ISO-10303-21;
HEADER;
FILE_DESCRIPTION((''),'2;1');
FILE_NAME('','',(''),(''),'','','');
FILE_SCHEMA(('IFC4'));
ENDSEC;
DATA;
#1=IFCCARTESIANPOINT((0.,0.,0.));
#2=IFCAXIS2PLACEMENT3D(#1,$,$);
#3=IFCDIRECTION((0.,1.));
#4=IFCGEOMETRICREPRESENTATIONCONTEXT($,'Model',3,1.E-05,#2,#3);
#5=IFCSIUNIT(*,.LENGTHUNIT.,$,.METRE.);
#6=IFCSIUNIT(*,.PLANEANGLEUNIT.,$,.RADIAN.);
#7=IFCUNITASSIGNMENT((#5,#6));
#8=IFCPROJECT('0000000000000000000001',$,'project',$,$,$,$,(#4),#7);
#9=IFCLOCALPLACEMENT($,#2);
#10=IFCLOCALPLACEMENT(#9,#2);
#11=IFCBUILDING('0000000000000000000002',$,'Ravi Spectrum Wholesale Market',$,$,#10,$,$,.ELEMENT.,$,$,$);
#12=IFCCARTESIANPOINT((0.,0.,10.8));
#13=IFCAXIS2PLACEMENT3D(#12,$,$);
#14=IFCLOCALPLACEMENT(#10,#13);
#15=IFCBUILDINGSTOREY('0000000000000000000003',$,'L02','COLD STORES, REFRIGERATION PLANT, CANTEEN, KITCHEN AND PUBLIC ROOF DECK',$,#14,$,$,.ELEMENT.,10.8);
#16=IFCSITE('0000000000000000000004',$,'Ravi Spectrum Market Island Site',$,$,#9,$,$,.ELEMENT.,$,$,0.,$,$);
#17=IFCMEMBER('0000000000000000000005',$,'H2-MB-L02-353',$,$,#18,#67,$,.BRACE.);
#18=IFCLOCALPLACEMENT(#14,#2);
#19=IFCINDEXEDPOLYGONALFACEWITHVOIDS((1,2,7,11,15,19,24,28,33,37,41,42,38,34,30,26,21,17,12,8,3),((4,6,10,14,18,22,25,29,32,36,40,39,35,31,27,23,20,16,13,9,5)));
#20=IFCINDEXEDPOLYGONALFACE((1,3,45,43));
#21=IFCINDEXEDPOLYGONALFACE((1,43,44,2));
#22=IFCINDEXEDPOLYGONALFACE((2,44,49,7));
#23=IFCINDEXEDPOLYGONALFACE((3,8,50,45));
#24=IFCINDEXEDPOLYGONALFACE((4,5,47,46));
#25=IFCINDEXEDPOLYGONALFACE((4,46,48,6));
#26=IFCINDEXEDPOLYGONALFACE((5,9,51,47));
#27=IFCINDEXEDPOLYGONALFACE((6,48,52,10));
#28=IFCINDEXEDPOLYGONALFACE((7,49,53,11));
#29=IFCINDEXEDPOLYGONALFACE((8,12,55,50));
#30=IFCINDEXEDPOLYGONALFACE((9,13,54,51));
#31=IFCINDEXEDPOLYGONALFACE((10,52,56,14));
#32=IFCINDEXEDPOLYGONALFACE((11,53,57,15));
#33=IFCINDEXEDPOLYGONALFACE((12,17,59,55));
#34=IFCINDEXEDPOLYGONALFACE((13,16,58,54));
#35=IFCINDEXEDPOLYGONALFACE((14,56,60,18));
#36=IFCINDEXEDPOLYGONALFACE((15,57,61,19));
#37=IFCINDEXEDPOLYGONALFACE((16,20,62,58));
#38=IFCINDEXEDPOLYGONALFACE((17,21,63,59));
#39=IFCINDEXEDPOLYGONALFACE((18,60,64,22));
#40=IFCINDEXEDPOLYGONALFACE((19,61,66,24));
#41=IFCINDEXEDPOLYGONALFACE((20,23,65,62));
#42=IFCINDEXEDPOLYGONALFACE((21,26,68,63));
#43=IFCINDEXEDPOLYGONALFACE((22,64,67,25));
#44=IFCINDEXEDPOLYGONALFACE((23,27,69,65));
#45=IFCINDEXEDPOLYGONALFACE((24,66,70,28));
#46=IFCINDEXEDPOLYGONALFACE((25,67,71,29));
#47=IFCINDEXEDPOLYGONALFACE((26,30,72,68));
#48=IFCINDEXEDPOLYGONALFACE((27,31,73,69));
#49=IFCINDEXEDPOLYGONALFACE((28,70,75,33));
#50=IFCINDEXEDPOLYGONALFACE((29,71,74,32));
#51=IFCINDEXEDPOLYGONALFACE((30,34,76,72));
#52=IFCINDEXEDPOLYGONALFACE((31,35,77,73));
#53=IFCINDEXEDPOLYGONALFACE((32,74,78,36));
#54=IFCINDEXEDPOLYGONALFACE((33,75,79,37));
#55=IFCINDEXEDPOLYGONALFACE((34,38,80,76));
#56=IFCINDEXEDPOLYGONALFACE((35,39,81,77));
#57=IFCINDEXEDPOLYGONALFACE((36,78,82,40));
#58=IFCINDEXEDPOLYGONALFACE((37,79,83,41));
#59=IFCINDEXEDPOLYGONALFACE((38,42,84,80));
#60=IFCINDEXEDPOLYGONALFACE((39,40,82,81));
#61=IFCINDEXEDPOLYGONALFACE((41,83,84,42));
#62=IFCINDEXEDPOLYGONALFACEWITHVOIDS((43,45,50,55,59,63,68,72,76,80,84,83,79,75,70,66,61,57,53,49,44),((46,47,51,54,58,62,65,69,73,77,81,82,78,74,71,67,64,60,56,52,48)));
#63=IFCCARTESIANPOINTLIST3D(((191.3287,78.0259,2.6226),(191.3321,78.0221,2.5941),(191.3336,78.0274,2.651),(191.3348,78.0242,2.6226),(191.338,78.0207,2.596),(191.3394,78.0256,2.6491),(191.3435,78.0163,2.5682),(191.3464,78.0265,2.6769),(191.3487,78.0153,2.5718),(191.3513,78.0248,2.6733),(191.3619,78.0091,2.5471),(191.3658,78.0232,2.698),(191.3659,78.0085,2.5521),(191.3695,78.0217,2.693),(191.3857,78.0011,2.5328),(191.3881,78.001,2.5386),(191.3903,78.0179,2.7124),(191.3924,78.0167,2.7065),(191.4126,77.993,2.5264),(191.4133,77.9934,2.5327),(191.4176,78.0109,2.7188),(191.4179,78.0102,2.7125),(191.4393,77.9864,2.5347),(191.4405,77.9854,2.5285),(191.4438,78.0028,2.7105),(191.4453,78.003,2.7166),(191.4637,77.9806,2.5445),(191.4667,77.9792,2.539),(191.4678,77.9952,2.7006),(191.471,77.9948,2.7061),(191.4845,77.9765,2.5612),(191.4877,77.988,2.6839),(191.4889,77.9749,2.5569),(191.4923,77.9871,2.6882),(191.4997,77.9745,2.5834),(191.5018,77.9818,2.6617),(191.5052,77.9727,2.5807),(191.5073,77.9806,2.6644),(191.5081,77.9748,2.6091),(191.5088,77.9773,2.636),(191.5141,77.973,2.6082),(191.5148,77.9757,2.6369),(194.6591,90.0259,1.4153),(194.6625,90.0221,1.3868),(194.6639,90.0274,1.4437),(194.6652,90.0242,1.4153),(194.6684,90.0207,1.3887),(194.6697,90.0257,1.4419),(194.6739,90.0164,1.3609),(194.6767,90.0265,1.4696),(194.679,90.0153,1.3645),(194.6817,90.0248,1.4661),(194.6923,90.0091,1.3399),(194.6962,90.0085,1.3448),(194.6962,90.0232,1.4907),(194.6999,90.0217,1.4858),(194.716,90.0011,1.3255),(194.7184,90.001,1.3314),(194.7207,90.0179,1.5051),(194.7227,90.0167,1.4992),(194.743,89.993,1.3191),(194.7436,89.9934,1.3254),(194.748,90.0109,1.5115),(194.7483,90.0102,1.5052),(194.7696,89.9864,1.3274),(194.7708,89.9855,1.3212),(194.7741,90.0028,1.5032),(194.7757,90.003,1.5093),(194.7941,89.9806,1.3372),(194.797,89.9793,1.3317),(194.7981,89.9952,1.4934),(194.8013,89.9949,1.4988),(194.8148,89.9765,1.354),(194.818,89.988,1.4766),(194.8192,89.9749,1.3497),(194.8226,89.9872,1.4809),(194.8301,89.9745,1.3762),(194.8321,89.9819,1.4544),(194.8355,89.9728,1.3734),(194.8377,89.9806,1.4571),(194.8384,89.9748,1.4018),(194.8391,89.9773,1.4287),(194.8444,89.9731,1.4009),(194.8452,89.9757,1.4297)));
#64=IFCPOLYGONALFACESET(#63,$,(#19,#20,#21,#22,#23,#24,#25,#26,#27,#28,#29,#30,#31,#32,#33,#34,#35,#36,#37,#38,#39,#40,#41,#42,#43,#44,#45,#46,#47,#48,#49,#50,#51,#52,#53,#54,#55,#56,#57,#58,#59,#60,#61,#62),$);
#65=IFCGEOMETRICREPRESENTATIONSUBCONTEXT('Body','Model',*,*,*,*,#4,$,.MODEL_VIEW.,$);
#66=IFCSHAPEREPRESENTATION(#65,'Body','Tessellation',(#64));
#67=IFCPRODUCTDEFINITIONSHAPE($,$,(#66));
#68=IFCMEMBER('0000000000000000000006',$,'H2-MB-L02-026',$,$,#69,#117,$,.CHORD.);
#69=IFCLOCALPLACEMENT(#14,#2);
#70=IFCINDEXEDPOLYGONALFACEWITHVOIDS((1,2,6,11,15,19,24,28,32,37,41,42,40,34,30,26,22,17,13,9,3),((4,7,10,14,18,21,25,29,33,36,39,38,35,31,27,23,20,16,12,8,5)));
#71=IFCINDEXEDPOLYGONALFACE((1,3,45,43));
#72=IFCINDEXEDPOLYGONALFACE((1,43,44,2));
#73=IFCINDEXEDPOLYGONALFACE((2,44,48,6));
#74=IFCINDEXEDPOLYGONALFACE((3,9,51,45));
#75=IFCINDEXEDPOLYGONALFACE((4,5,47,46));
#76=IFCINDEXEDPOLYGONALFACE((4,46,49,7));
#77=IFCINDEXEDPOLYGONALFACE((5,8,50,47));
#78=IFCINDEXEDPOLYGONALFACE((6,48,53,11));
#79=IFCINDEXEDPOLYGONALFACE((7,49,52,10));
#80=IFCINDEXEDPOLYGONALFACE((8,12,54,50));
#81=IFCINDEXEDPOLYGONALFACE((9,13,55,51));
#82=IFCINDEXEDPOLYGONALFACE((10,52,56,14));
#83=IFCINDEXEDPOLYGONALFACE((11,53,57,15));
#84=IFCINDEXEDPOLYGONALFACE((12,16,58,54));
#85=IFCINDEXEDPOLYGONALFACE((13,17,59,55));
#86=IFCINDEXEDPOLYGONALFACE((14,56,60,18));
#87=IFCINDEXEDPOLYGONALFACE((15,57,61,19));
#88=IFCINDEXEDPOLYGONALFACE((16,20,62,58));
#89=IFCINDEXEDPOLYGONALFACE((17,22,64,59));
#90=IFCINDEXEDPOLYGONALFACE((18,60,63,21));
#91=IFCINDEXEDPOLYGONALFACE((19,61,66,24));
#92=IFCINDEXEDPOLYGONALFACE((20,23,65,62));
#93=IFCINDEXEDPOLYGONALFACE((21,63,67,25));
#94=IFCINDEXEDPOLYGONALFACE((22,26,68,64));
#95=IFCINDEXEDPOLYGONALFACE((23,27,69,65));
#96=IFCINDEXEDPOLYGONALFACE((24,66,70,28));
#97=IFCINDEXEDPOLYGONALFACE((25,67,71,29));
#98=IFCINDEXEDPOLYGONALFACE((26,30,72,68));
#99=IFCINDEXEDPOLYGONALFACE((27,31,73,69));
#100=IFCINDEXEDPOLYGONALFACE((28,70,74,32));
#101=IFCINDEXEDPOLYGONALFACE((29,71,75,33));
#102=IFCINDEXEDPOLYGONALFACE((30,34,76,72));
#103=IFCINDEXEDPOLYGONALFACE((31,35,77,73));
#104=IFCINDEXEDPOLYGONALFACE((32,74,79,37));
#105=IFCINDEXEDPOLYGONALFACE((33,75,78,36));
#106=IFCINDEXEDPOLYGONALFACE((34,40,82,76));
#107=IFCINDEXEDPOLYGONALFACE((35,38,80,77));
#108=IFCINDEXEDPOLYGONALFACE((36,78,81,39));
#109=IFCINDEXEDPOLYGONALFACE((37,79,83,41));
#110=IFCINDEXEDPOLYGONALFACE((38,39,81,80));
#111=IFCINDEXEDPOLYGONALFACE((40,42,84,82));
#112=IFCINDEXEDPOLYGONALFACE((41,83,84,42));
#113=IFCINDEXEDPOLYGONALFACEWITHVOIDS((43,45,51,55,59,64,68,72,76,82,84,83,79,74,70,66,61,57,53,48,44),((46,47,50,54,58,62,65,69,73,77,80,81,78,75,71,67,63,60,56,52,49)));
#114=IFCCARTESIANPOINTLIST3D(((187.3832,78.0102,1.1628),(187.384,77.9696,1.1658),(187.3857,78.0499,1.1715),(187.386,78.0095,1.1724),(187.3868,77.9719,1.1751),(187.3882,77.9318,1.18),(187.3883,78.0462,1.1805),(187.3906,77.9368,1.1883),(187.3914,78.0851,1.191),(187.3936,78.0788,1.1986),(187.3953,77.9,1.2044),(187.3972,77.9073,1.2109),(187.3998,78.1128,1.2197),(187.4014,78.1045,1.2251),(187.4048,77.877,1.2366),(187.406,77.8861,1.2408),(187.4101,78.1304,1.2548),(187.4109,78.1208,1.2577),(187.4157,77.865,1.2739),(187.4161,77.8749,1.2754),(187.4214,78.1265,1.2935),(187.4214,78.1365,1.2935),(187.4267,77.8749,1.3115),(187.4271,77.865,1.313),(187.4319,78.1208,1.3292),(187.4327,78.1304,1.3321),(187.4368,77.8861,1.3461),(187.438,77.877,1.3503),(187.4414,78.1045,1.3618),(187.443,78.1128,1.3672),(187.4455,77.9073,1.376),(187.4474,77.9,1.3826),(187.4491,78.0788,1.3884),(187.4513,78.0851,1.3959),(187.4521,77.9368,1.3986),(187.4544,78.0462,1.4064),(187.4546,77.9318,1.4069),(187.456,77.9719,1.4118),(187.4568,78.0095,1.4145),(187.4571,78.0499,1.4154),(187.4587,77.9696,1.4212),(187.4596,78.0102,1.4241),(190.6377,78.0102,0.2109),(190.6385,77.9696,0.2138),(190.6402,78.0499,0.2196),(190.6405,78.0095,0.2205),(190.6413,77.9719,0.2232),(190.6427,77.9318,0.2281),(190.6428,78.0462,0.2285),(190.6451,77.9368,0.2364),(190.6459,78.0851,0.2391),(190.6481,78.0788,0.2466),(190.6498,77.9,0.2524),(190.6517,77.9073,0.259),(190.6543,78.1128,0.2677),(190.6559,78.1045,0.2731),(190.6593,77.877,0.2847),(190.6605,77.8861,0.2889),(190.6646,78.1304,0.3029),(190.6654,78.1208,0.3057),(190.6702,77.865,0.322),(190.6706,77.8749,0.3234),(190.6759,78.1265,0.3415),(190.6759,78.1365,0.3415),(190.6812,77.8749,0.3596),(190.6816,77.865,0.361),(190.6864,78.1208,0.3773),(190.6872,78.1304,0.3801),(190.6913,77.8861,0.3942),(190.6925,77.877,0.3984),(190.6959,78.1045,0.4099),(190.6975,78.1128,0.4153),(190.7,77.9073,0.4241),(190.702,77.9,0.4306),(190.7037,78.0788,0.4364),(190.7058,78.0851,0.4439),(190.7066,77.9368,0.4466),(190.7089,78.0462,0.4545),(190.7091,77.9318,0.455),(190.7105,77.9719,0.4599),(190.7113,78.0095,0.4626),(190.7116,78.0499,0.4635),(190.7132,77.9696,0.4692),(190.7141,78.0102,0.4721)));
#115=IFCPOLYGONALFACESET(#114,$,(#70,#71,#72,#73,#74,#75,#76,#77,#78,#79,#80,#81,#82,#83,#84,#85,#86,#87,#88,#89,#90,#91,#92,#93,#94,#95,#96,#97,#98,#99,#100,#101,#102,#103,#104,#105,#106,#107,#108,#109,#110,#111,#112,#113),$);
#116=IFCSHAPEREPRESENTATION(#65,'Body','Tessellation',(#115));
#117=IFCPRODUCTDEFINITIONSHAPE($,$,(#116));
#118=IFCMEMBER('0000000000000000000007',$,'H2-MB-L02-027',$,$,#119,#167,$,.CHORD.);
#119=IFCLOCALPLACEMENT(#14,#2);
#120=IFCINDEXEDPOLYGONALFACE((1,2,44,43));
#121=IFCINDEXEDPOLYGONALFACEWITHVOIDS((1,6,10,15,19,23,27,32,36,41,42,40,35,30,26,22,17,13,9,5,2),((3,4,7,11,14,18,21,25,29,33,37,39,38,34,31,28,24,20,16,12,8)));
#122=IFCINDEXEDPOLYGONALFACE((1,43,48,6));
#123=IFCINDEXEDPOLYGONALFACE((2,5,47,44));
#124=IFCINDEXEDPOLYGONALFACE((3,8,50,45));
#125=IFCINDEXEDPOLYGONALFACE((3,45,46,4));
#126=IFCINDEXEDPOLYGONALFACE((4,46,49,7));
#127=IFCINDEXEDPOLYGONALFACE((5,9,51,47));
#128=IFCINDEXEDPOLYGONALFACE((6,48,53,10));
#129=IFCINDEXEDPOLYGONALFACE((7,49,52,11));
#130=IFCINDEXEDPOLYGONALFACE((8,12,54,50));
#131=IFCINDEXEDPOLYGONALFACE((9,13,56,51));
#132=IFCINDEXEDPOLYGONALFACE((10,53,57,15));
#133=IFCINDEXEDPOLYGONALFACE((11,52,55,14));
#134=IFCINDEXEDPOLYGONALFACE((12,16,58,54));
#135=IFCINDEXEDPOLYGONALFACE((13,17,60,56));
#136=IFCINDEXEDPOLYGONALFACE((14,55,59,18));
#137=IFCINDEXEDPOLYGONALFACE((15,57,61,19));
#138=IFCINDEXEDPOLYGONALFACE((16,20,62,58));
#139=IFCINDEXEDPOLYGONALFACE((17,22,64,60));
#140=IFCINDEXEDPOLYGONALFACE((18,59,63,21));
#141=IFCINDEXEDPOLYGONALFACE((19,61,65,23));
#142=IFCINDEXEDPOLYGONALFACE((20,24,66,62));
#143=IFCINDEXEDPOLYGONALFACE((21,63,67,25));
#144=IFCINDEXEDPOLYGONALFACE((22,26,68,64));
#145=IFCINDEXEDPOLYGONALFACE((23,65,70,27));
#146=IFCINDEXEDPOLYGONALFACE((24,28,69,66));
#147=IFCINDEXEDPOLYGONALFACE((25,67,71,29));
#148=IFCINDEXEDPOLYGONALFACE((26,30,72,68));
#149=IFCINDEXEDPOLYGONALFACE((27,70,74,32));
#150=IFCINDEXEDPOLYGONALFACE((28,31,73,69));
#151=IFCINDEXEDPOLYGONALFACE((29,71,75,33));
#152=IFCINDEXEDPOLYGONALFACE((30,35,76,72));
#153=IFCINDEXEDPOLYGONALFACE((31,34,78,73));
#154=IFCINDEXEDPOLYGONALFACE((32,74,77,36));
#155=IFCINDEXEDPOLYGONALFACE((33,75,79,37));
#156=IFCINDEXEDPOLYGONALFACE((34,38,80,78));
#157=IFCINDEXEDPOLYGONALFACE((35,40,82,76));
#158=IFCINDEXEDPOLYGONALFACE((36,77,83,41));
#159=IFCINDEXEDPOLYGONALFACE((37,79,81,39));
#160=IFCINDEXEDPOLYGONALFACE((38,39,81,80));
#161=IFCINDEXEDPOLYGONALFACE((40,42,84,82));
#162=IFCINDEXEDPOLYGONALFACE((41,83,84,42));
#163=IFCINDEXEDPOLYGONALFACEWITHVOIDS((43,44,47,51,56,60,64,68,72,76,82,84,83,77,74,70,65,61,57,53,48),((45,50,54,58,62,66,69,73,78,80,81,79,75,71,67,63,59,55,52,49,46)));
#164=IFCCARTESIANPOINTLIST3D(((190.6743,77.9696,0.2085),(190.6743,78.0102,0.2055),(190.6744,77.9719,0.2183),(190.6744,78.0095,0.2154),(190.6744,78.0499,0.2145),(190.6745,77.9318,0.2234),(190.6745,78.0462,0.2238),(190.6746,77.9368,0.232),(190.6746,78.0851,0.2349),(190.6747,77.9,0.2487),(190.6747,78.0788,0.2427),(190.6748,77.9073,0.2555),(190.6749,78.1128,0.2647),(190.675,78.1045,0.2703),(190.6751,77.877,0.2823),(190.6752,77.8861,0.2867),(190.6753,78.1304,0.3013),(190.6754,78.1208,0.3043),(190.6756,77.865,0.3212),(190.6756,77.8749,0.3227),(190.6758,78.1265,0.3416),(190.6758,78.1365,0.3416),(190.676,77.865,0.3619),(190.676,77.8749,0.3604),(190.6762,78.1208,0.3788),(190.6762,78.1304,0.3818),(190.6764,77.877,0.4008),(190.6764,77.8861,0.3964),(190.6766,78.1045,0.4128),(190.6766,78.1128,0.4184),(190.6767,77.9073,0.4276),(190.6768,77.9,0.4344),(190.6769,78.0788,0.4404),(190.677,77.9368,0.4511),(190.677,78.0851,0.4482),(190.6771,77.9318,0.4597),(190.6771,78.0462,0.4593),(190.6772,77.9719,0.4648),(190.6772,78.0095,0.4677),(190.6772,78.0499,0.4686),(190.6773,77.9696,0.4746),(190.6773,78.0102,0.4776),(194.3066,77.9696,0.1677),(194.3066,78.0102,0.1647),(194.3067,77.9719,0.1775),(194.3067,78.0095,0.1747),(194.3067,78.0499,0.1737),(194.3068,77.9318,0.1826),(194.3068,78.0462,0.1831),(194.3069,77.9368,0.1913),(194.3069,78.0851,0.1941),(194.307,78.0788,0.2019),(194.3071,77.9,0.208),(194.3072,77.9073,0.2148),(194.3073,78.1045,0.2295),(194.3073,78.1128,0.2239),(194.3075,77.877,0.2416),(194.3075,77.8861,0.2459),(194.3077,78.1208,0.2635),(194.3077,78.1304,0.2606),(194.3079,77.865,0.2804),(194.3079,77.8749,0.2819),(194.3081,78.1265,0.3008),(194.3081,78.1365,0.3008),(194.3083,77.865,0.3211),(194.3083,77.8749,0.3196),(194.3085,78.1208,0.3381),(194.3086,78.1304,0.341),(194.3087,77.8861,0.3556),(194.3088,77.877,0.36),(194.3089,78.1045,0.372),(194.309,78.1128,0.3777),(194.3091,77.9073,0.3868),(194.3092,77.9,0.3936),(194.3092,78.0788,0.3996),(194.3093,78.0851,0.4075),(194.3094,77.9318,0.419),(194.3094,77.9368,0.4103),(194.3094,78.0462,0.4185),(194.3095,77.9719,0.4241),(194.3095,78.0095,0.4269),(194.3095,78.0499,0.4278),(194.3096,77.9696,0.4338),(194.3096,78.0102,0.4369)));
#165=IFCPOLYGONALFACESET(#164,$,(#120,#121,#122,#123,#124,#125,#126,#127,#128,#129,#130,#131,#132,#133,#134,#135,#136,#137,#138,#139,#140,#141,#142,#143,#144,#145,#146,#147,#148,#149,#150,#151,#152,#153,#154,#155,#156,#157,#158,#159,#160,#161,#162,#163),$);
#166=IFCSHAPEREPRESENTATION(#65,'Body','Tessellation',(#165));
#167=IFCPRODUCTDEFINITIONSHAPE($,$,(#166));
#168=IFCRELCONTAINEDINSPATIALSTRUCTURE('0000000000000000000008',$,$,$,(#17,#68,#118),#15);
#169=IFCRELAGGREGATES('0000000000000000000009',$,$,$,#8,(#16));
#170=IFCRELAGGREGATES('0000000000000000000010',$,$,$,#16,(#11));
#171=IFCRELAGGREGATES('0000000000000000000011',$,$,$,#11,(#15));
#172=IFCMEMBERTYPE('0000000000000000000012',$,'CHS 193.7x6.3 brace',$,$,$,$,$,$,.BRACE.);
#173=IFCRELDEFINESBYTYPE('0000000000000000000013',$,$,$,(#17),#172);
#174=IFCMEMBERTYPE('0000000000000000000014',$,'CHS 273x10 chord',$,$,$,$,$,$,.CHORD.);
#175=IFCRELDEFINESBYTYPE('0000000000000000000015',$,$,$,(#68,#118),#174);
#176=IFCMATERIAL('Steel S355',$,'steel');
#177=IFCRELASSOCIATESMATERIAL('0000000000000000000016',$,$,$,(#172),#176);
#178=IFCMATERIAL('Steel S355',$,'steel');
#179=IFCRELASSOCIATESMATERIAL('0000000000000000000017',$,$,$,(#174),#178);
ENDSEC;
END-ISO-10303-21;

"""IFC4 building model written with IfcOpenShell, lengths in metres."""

from ifc_helpers import new_model, si_unit, direction, frame, origin, origin_2d, place, context, subcontext, project, spatial, hollow_circle, extrude, material, material_profile, profile_set, type_object, element, save


model = new_model("IFC4")

# Units and contexts
model_context = context("Model", 3, precision=1e-05, world=origin(), true_north=direction((0.0, 1.0)))
body_context = subcontext(model_context, "Body", "Model", "MODEL_VIEW")
ifc_project = project(units=[si_unit("LENGTHUNIT", "METRE"), si_unit("PLANEANGLEUNIT", "RADIAN")], contexts=[model_context])

# Site, building, storey
site_placement = place(None, origin())
site = spatial("IfcSite", under=ifc_project, at=site_placement, Name="Ravi Spectrum Market Island Site", CompositionType="ELEMENT", RefElevation=0.0)
building_placement = place(site_placement, origin())
building = spatial("IfcBuilding", under=site, at=building_placement, Name="Ravi Spectrum Wholesale Market", CompositionType="ELEMENT")
storey_placement = place(building_placement, frame((0.0, 0.0, 10.8)))
storey = spatial("IfcBuildingStorey", under=building, at=storey_placement, Name="L02", Description="COLD STORES, REFRIGERATION PLANT, CANTEEN, KITCHEN AND PUBLIC ROOF DECK", CompositionType="ELEMENT", Elevation=10.8)

# Members
ifc_material_1 = material(Name="Steel S355", Category="steel")
ifc_material_profile_1 = material_profile(ifc_material_1, hollow_circle(Radius=0.0969, WallThickness=0.0063, at=origin_2d()))
ifc_profile_set_1 = profile_set([ifc_material_profile_1], Name="Steel S355")
member_type_1 = type_object("IfcMemberType", Name="CHS 193.7x6.3 brace", PredefinedType="BRACE", material=ifc_profile_set_1)
member_1_placement = place(storey_placement, frame((191.4221, 78.0, 2.6226), z_axis=(0.266172, 0.959084, -0.09649), x_axis=(-0.96358, 0.267419, 0.0)))
element("IfcMember", 1, at=member_1_placement, inside=storey, type_object=member_type_1, Name="H2-MB-L02-353", PredefinedType="BRACE", context=body_context, shape_type="SweptSolid", body=[
    extrude(hollow_circle(Radius=0.0969, WallThickness=0.0063, at=origin_2d()), origin(), (0.0, 0.0, 1.0), 12.512),
])
ifc_material_2 = material(Name="Steel S355", Category="steel")
ifc_material_profile_2 = material_profile(ifc_material_2, hollow_circle(Radius=0.1365, WallThickness=0.01, at=origin_2d()))
ifc_profile_set_2 = profile_set([ifc_material_profile_2], Name="Steel S355")
member_type_2 = type_object("IfcMemberType", Name="CHS 273x10 chord", PredefinedType="CHORD", material=ifc_profile_set_2)
member_2_placement = place(storey_placement, frame((187.4214, 78.0, 1.2935), z_axis=(0.959785, 0.0, -0.280735), x_axis=(0.0, 1.0, 0.0)))
element("IfcMember", 2, at=member_2_placement, inside=storey, type_object=member_type_2, Name="H2-MB-L02-026", PredefinedType="CHORD", context=body_context, shape_type="SweptSolid", body=[
    extrude(hollow_circle(Radius=0.1365, WallThickness=0.01, at=origin_2d()), origin(), (0.0, 0.0, 1.0), 3.3909),
])
member_3_placement = place(storey_placement, frame((190.6758, 78.0, 0.3416), z_axis=(0.999937, 0.0, -0.011224), x_axis=(0.0, 1.0, 0.0)))
element("IfcMember", 3, at=member_3_placement, inside=storey, type_object=member_type_2, Name="H2-MB-L02-027", PredefinedType="CHORD", context=body_context, shape_type="SweptSolid", body=[
    extrude(hollow_circle(Radius=0.1365, WallThickness=0.01, at=origin_2d()), origin(), (0.0, 0.0, 1.0), 3.6326),
])

save(model, "model.ifc")
